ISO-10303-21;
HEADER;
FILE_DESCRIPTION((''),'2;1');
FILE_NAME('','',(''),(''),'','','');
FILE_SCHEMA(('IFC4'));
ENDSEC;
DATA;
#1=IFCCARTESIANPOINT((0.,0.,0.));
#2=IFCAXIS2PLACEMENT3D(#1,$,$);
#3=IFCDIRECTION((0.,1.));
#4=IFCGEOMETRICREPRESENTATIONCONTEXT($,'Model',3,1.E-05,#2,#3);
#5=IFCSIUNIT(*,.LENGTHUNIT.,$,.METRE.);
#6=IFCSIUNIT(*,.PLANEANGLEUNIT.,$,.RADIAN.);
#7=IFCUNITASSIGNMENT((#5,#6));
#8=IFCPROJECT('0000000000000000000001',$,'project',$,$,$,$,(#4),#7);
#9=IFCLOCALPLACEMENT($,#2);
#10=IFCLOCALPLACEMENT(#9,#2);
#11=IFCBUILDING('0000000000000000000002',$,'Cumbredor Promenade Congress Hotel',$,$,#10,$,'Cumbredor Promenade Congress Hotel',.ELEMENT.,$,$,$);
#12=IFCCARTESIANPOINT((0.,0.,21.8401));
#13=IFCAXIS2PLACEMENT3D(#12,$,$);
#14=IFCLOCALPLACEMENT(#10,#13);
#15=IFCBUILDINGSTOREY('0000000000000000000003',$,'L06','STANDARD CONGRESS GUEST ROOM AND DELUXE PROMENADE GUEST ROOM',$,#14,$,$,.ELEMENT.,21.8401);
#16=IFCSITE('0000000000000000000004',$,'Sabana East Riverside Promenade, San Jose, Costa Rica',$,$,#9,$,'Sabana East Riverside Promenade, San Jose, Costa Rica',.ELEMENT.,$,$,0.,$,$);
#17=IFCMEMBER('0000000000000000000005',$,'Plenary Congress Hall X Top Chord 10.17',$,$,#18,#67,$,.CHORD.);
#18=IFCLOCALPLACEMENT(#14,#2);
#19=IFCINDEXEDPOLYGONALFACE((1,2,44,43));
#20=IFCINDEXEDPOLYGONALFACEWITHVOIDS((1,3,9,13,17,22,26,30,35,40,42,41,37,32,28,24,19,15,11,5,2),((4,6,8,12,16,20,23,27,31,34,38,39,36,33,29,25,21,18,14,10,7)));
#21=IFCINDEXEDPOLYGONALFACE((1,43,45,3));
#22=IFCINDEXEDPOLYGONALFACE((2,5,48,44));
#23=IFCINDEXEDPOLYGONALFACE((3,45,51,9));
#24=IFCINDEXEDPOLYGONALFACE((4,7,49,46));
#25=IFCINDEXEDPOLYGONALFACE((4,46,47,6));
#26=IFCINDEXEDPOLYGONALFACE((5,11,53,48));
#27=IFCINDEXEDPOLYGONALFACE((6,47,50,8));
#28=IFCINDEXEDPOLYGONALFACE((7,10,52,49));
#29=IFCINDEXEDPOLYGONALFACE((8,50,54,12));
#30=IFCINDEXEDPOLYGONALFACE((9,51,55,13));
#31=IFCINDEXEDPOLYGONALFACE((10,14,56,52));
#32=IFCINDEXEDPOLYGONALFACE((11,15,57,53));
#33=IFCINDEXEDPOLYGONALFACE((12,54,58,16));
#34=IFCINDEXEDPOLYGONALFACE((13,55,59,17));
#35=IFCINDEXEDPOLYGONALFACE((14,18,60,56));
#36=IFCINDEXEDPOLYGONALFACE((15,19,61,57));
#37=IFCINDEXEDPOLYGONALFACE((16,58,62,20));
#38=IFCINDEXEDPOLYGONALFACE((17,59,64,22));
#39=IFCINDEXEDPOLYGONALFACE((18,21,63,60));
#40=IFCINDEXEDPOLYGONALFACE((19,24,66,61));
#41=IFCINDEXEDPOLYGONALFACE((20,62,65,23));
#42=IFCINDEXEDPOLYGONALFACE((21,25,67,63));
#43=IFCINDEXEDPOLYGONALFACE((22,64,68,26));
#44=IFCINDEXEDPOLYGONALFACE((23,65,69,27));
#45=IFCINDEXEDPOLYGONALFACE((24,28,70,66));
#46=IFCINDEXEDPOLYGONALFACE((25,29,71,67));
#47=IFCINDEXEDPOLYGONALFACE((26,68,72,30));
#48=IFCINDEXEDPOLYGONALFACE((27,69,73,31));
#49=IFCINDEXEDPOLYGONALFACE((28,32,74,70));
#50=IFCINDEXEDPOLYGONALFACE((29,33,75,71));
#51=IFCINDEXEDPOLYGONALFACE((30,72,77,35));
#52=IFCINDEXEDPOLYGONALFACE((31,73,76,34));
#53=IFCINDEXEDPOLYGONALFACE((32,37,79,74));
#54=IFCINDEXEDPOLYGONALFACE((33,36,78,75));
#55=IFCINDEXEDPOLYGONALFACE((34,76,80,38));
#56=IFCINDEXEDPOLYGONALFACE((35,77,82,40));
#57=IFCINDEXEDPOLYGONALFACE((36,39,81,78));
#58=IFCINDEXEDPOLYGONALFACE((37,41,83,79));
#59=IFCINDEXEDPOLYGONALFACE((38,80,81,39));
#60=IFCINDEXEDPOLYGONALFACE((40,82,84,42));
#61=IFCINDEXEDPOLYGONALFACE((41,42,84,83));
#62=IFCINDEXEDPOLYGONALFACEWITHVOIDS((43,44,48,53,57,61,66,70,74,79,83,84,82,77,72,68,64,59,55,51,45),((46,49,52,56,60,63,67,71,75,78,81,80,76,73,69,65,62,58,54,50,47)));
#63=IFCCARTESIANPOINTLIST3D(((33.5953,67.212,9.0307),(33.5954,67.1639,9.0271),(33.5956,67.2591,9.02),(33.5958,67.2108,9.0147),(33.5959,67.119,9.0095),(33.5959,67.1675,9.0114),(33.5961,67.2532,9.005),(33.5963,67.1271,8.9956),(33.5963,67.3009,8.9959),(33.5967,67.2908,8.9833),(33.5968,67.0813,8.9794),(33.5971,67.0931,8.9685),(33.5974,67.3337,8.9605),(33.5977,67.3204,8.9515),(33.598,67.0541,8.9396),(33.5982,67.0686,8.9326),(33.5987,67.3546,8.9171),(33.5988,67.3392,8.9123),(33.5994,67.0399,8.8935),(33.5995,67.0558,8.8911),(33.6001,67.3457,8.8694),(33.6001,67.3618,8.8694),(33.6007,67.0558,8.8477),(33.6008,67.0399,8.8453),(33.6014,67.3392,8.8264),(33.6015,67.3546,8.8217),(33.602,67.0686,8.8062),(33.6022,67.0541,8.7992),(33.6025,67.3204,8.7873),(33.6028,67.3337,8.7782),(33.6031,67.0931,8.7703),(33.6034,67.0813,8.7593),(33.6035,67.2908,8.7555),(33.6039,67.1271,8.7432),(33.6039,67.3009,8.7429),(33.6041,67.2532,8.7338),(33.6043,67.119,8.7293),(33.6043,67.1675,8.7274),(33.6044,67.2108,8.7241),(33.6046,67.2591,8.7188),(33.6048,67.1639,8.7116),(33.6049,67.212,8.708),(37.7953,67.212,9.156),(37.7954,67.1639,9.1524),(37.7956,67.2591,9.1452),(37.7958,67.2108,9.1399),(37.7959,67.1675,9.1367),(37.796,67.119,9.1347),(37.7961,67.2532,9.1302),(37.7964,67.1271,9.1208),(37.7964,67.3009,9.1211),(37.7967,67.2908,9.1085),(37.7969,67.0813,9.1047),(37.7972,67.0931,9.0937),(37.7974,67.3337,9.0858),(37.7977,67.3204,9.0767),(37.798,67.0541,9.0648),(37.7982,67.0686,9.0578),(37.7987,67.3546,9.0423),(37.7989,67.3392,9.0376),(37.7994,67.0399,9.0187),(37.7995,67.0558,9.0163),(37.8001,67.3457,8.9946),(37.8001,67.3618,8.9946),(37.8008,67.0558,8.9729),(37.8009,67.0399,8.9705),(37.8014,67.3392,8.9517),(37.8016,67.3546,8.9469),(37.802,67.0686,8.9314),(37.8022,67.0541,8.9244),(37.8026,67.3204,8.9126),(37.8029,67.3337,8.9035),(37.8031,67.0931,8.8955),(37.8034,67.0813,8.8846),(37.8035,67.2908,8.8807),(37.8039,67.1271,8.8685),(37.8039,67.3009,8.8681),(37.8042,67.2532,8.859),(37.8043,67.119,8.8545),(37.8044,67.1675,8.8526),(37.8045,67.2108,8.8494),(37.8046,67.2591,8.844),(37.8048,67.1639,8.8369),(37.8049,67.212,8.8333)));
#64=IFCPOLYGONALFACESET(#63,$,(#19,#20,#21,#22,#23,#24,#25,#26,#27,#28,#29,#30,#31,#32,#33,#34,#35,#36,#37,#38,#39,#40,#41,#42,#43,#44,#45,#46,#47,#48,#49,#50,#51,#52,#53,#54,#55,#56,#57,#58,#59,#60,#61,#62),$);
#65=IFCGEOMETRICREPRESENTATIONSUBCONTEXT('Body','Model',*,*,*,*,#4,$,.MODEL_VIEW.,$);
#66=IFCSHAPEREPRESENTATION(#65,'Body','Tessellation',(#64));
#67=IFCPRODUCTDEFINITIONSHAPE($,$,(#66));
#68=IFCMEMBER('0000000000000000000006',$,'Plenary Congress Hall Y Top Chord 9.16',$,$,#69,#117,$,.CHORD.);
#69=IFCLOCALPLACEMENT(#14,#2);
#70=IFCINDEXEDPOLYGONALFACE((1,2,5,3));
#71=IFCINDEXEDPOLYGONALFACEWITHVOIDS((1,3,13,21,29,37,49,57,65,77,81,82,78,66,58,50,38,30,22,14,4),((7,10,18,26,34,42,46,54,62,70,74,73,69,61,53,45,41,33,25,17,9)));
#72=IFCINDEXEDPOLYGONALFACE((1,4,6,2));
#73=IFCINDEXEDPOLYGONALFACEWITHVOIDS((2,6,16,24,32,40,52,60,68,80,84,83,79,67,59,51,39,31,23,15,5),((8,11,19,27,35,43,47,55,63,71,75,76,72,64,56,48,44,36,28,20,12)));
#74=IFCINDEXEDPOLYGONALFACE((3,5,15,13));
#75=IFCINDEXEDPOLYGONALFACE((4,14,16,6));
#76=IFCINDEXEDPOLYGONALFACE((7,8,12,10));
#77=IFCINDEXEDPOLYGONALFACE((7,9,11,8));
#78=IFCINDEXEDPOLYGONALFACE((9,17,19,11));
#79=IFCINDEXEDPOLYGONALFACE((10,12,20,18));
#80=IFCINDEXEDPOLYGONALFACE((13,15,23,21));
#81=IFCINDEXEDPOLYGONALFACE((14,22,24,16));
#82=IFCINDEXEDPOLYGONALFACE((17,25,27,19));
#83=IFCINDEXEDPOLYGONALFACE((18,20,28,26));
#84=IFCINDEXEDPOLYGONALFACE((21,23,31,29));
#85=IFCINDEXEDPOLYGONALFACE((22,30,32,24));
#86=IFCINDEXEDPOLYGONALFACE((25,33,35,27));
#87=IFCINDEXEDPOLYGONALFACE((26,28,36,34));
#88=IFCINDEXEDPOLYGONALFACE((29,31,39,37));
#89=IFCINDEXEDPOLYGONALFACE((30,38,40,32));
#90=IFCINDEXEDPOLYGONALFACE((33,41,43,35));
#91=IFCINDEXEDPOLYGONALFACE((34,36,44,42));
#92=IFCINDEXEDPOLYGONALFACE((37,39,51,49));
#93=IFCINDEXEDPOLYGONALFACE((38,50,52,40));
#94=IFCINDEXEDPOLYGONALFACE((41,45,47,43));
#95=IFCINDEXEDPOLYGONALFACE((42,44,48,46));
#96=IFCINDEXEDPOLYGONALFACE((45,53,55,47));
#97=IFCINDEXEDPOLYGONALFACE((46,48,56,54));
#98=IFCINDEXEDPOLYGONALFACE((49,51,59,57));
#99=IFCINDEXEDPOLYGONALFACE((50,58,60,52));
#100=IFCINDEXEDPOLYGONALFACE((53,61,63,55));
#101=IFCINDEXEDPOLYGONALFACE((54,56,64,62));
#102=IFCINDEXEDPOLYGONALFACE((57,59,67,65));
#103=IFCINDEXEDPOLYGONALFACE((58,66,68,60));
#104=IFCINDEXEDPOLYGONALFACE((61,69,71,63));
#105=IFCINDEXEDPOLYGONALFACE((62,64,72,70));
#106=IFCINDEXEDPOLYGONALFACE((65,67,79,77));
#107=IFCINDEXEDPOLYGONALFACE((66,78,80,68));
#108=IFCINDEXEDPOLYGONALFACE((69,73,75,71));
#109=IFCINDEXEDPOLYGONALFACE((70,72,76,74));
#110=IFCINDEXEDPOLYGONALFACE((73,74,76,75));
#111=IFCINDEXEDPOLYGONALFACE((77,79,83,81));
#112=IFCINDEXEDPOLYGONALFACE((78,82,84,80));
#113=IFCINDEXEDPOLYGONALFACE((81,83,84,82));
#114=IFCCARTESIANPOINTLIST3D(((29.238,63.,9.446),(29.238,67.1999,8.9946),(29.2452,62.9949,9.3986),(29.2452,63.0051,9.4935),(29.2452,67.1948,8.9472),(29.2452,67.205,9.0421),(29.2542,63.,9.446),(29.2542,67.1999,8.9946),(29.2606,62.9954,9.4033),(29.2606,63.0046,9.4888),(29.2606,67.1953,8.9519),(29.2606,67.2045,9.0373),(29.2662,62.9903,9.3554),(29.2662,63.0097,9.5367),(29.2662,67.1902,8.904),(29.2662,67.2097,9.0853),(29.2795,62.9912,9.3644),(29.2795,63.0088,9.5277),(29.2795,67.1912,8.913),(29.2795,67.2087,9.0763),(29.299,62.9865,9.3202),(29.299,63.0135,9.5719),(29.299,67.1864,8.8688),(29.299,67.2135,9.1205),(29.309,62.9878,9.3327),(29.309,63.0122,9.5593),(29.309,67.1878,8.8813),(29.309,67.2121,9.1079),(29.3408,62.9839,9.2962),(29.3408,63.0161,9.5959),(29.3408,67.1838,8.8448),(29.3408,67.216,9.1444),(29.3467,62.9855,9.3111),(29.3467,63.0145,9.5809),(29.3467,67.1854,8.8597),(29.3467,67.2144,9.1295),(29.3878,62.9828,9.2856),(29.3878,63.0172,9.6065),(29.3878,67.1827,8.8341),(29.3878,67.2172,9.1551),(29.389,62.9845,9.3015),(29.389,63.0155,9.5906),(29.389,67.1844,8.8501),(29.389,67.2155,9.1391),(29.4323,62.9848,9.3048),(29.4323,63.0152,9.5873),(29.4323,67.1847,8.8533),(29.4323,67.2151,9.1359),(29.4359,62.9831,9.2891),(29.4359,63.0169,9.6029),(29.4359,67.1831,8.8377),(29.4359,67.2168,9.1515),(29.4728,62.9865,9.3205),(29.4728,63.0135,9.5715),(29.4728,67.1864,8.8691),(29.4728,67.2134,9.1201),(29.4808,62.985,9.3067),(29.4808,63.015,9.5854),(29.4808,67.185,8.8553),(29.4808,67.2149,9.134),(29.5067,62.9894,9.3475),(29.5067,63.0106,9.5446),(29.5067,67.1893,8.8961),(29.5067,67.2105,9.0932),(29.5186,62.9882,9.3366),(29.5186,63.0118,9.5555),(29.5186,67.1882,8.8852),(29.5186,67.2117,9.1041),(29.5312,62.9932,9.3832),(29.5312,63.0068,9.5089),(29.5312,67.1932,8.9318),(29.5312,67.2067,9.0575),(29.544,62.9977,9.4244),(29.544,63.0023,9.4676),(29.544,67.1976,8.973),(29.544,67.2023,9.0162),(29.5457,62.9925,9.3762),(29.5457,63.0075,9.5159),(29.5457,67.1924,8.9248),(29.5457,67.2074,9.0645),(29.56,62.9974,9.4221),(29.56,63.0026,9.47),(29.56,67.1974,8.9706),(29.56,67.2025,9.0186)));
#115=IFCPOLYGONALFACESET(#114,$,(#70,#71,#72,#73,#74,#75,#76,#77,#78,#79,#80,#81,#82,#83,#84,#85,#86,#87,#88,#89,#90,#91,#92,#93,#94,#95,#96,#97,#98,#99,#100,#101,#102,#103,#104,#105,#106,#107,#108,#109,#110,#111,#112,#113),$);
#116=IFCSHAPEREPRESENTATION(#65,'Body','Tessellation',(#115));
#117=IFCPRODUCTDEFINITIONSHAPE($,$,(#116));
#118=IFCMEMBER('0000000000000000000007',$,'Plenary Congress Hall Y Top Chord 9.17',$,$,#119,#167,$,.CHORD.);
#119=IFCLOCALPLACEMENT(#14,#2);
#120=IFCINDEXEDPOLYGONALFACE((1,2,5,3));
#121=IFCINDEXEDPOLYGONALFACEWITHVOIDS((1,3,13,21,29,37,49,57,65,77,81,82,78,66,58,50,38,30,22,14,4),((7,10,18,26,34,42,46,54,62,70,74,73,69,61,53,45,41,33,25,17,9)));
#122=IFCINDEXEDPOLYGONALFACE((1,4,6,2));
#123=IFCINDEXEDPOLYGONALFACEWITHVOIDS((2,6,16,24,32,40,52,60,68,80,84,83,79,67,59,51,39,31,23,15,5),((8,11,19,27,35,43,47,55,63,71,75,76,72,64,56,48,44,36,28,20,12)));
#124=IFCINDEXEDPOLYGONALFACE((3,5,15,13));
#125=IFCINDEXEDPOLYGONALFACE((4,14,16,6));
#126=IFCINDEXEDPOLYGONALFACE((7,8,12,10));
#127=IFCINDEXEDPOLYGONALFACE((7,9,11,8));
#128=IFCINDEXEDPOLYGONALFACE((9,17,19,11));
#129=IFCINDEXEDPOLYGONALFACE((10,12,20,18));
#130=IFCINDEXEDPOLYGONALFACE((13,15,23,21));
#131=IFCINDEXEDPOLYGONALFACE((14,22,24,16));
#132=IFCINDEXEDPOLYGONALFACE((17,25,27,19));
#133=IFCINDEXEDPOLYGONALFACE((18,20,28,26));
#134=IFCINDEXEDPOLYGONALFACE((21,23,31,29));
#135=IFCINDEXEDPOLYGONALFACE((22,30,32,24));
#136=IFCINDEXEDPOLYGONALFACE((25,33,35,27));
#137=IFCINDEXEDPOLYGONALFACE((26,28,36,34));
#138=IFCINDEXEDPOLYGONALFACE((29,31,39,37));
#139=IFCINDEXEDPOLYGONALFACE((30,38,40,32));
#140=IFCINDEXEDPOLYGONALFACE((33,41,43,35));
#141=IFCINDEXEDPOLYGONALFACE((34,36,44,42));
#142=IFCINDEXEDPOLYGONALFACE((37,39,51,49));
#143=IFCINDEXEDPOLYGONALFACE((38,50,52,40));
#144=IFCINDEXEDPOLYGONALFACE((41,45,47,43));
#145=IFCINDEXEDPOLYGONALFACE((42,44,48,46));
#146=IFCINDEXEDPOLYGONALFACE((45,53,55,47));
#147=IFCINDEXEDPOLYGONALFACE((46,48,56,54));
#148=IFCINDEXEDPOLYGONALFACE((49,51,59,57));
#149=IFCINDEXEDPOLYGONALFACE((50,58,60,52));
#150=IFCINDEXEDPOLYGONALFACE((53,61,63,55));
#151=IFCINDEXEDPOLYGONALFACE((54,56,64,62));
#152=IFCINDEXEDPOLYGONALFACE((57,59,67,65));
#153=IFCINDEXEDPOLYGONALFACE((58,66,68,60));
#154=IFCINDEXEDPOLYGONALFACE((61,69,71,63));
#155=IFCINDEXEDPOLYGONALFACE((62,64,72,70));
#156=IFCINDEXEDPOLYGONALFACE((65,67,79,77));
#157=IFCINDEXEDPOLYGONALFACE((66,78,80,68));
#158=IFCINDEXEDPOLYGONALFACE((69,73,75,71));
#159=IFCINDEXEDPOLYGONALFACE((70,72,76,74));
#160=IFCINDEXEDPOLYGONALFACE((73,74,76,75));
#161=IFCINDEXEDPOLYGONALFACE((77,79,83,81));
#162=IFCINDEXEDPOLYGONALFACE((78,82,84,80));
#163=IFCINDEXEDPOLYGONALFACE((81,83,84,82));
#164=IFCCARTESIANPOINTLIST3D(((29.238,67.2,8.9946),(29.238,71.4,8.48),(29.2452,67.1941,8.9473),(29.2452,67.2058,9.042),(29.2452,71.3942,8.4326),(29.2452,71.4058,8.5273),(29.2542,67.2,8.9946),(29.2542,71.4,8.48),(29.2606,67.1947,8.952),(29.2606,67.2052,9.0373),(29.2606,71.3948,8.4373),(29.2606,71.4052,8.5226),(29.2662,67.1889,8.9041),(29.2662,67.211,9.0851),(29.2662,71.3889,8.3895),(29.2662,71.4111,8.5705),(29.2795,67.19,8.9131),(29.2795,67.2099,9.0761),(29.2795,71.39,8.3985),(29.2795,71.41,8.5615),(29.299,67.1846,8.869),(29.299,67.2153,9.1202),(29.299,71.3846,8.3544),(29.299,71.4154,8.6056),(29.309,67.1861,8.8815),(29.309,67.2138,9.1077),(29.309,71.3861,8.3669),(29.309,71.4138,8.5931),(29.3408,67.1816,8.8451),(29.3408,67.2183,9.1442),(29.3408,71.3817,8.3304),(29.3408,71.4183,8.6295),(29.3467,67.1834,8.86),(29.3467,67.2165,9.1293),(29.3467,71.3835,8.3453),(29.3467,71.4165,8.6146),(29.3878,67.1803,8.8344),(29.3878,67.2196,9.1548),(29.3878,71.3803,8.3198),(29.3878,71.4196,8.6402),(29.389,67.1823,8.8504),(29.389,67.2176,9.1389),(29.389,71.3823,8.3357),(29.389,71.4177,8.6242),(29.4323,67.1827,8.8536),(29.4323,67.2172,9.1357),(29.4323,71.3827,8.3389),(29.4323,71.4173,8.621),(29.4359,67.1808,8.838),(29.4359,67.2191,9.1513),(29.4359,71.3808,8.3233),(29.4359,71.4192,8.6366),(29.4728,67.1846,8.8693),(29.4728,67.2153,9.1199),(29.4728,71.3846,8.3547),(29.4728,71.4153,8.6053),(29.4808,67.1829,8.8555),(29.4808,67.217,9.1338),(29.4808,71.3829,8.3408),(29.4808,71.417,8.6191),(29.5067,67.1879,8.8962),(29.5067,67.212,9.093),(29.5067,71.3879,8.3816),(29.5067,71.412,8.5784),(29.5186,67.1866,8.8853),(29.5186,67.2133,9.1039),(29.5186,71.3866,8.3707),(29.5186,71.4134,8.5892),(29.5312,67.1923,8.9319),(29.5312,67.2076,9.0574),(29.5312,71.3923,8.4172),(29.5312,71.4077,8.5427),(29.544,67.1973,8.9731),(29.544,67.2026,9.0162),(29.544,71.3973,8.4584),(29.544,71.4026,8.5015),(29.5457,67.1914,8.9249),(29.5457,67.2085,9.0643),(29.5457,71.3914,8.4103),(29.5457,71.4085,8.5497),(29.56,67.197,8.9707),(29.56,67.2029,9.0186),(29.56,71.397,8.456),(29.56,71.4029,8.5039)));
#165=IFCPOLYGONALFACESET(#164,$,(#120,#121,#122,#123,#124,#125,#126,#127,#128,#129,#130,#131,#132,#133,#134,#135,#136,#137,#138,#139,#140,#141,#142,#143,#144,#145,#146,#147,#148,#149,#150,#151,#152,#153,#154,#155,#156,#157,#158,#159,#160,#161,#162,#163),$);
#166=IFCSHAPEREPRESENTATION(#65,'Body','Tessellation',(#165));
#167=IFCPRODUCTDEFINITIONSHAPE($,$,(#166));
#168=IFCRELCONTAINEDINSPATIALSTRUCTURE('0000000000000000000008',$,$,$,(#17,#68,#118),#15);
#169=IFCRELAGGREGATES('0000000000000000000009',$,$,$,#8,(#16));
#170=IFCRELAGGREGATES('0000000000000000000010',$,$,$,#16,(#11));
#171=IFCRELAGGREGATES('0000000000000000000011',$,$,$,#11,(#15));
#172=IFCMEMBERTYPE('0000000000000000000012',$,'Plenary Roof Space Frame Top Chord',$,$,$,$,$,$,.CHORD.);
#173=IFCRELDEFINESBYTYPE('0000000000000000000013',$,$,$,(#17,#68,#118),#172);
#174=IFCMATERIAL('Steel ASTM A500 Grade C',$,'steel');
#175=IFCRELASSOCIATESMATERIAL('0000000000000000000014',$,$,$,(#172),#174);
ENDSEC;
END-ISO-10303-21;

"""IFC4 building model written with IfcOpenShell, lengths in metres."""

from ifc_helpers import new_model, si_unit, direction, frame, origin, origin_2d, place, context, subcontext, project, spatial, hollow_circle, extrude, material, material_profile, profile_set, type_object, element, save


model = new_model("IFC4")

# Units and contexts
model_context = context("Model", 3, precision=1e-05, world=origin(), true_north=direction((0.0, 1.0)))
body_context = subcontext(model_context, "Body", "Model", "MODEL_VIEW")
ifc_project = project(units=[si_unit("LENGTHUNIT", "METRE"), si_unit("PLANEANGLEUNIT", "RADIAN")], contexts=[model_context])

# Site, building, storey
site_placement = place(None, origin())
site = spatial("IfcSite", under=ifc_project, at=site_placement, Name="Sabana East Riverside Promenade, San Jose, Costa Rica", LongName="Sabana East Riverside Promenade, San Jose, Costa Rica", CompositionType="ELEMENT", RefElevation=0.0)
building_placement = place(site_placement, origin())
building = spatial("IfcBuilding", under=site, at=building_placement, Name="Cumbredor Promenade Congress Hotel", LongName="Cumbredor Promenade Congress Hotel", CompositionType="ELEMENT")
storey_placement = place(building_placement, frame((0.0, 0.0, 21.8401)))
storey = spatial("IfcBuildingStorey", under=building, at=storey_placement, Name="L06", Description="STANDARD CONGRESS GUEST ROOM AND DELUXE PROMENADE GUEST ROOM", CompositionType="ELEMENT", Elevation=21.8401)

# Members
ifc_material_1 = material(Name="Steel ASTM A500 Grade C", Category="steel")
ifc_material_profile_1 = material_profile(ifc_material_1, hollow_circle(Radius=0.1619, WallThickness=0.0161, at=origin_2d()), Name="CHS 323.9x16")
ifc_profile_set_1 = profile_set([ifc_material_profile_1], Name="Steel ASTM A500 Grade C")
member_type_1 = type_object("IfcMemberType", Name="Plenary Roof Space Frame Top Chord", PredefinedType="CHORD", material=ifc_profile_set_1)
member_1_placement = place(storey_placement, frame((33.6001, 67.2, 8.8694), z_axis=(0.999556, 0.0, 0.029807), x_axis=(0.0, 1.0, 0.0)))
element("IfcMember", 1, at=member_1_placement, inside=storey, type_object=member_type_1, Name="Plenary Congress Hall X Top Chord 10.17", PredefinedType="CHORD", context=body_context, shape_type="SweptSolid", body=[
    extrude(hollow_circle(Radius=0.1619, WallThickness=0.0161, at=origin_2d()), origin(), (0.0, 0.0, 1.0), 4.2019),
])
member_2_placement = place(storey_placement, frame((29.3999, 63.0, 9.446), z_axis=(0.0, 0.994273, -0.106866), x_axis=(-1.0, 0.0, 0.0)))
element("IfcMember", 2, at=member_2_placement, inside=storey, type_object=member_type_1, Name="Plenary Congress Hall Y Top Chord 9.16", PredefinedType="CHORD", context=body_context, shape_type="SweptSolid", body=[
    extrude(hollow_circle(Radius=0.1619, WallThickness=0.0161, at=origin_2d()), origin(), (0.0, 0.0, 1.0), 4.2241),
])
member_3_placement = place(storey_placement, frame((29.3999, 67.2, 8.9946), z_axis=(0.0, 0.992576, -0.121627), x_axis=(-1.0, 0.0, 0.0)))
element("IfcMember", 3, at=member_3_placement, inside=storey, type_object=member_type_1, Name="Plenary Congress Hall Y Top Chord 9.17", PredefinedType="CHORD", context=body_context, shape_type="SweptSolid", body=[
    extrude(hollow_circle(Radius=0.1619, WallThickness=0.0161, at=origin_2d()), origin(), (0.0, 0.0, 1.0), 4.2314),
])

save(model, "model.ifc")
